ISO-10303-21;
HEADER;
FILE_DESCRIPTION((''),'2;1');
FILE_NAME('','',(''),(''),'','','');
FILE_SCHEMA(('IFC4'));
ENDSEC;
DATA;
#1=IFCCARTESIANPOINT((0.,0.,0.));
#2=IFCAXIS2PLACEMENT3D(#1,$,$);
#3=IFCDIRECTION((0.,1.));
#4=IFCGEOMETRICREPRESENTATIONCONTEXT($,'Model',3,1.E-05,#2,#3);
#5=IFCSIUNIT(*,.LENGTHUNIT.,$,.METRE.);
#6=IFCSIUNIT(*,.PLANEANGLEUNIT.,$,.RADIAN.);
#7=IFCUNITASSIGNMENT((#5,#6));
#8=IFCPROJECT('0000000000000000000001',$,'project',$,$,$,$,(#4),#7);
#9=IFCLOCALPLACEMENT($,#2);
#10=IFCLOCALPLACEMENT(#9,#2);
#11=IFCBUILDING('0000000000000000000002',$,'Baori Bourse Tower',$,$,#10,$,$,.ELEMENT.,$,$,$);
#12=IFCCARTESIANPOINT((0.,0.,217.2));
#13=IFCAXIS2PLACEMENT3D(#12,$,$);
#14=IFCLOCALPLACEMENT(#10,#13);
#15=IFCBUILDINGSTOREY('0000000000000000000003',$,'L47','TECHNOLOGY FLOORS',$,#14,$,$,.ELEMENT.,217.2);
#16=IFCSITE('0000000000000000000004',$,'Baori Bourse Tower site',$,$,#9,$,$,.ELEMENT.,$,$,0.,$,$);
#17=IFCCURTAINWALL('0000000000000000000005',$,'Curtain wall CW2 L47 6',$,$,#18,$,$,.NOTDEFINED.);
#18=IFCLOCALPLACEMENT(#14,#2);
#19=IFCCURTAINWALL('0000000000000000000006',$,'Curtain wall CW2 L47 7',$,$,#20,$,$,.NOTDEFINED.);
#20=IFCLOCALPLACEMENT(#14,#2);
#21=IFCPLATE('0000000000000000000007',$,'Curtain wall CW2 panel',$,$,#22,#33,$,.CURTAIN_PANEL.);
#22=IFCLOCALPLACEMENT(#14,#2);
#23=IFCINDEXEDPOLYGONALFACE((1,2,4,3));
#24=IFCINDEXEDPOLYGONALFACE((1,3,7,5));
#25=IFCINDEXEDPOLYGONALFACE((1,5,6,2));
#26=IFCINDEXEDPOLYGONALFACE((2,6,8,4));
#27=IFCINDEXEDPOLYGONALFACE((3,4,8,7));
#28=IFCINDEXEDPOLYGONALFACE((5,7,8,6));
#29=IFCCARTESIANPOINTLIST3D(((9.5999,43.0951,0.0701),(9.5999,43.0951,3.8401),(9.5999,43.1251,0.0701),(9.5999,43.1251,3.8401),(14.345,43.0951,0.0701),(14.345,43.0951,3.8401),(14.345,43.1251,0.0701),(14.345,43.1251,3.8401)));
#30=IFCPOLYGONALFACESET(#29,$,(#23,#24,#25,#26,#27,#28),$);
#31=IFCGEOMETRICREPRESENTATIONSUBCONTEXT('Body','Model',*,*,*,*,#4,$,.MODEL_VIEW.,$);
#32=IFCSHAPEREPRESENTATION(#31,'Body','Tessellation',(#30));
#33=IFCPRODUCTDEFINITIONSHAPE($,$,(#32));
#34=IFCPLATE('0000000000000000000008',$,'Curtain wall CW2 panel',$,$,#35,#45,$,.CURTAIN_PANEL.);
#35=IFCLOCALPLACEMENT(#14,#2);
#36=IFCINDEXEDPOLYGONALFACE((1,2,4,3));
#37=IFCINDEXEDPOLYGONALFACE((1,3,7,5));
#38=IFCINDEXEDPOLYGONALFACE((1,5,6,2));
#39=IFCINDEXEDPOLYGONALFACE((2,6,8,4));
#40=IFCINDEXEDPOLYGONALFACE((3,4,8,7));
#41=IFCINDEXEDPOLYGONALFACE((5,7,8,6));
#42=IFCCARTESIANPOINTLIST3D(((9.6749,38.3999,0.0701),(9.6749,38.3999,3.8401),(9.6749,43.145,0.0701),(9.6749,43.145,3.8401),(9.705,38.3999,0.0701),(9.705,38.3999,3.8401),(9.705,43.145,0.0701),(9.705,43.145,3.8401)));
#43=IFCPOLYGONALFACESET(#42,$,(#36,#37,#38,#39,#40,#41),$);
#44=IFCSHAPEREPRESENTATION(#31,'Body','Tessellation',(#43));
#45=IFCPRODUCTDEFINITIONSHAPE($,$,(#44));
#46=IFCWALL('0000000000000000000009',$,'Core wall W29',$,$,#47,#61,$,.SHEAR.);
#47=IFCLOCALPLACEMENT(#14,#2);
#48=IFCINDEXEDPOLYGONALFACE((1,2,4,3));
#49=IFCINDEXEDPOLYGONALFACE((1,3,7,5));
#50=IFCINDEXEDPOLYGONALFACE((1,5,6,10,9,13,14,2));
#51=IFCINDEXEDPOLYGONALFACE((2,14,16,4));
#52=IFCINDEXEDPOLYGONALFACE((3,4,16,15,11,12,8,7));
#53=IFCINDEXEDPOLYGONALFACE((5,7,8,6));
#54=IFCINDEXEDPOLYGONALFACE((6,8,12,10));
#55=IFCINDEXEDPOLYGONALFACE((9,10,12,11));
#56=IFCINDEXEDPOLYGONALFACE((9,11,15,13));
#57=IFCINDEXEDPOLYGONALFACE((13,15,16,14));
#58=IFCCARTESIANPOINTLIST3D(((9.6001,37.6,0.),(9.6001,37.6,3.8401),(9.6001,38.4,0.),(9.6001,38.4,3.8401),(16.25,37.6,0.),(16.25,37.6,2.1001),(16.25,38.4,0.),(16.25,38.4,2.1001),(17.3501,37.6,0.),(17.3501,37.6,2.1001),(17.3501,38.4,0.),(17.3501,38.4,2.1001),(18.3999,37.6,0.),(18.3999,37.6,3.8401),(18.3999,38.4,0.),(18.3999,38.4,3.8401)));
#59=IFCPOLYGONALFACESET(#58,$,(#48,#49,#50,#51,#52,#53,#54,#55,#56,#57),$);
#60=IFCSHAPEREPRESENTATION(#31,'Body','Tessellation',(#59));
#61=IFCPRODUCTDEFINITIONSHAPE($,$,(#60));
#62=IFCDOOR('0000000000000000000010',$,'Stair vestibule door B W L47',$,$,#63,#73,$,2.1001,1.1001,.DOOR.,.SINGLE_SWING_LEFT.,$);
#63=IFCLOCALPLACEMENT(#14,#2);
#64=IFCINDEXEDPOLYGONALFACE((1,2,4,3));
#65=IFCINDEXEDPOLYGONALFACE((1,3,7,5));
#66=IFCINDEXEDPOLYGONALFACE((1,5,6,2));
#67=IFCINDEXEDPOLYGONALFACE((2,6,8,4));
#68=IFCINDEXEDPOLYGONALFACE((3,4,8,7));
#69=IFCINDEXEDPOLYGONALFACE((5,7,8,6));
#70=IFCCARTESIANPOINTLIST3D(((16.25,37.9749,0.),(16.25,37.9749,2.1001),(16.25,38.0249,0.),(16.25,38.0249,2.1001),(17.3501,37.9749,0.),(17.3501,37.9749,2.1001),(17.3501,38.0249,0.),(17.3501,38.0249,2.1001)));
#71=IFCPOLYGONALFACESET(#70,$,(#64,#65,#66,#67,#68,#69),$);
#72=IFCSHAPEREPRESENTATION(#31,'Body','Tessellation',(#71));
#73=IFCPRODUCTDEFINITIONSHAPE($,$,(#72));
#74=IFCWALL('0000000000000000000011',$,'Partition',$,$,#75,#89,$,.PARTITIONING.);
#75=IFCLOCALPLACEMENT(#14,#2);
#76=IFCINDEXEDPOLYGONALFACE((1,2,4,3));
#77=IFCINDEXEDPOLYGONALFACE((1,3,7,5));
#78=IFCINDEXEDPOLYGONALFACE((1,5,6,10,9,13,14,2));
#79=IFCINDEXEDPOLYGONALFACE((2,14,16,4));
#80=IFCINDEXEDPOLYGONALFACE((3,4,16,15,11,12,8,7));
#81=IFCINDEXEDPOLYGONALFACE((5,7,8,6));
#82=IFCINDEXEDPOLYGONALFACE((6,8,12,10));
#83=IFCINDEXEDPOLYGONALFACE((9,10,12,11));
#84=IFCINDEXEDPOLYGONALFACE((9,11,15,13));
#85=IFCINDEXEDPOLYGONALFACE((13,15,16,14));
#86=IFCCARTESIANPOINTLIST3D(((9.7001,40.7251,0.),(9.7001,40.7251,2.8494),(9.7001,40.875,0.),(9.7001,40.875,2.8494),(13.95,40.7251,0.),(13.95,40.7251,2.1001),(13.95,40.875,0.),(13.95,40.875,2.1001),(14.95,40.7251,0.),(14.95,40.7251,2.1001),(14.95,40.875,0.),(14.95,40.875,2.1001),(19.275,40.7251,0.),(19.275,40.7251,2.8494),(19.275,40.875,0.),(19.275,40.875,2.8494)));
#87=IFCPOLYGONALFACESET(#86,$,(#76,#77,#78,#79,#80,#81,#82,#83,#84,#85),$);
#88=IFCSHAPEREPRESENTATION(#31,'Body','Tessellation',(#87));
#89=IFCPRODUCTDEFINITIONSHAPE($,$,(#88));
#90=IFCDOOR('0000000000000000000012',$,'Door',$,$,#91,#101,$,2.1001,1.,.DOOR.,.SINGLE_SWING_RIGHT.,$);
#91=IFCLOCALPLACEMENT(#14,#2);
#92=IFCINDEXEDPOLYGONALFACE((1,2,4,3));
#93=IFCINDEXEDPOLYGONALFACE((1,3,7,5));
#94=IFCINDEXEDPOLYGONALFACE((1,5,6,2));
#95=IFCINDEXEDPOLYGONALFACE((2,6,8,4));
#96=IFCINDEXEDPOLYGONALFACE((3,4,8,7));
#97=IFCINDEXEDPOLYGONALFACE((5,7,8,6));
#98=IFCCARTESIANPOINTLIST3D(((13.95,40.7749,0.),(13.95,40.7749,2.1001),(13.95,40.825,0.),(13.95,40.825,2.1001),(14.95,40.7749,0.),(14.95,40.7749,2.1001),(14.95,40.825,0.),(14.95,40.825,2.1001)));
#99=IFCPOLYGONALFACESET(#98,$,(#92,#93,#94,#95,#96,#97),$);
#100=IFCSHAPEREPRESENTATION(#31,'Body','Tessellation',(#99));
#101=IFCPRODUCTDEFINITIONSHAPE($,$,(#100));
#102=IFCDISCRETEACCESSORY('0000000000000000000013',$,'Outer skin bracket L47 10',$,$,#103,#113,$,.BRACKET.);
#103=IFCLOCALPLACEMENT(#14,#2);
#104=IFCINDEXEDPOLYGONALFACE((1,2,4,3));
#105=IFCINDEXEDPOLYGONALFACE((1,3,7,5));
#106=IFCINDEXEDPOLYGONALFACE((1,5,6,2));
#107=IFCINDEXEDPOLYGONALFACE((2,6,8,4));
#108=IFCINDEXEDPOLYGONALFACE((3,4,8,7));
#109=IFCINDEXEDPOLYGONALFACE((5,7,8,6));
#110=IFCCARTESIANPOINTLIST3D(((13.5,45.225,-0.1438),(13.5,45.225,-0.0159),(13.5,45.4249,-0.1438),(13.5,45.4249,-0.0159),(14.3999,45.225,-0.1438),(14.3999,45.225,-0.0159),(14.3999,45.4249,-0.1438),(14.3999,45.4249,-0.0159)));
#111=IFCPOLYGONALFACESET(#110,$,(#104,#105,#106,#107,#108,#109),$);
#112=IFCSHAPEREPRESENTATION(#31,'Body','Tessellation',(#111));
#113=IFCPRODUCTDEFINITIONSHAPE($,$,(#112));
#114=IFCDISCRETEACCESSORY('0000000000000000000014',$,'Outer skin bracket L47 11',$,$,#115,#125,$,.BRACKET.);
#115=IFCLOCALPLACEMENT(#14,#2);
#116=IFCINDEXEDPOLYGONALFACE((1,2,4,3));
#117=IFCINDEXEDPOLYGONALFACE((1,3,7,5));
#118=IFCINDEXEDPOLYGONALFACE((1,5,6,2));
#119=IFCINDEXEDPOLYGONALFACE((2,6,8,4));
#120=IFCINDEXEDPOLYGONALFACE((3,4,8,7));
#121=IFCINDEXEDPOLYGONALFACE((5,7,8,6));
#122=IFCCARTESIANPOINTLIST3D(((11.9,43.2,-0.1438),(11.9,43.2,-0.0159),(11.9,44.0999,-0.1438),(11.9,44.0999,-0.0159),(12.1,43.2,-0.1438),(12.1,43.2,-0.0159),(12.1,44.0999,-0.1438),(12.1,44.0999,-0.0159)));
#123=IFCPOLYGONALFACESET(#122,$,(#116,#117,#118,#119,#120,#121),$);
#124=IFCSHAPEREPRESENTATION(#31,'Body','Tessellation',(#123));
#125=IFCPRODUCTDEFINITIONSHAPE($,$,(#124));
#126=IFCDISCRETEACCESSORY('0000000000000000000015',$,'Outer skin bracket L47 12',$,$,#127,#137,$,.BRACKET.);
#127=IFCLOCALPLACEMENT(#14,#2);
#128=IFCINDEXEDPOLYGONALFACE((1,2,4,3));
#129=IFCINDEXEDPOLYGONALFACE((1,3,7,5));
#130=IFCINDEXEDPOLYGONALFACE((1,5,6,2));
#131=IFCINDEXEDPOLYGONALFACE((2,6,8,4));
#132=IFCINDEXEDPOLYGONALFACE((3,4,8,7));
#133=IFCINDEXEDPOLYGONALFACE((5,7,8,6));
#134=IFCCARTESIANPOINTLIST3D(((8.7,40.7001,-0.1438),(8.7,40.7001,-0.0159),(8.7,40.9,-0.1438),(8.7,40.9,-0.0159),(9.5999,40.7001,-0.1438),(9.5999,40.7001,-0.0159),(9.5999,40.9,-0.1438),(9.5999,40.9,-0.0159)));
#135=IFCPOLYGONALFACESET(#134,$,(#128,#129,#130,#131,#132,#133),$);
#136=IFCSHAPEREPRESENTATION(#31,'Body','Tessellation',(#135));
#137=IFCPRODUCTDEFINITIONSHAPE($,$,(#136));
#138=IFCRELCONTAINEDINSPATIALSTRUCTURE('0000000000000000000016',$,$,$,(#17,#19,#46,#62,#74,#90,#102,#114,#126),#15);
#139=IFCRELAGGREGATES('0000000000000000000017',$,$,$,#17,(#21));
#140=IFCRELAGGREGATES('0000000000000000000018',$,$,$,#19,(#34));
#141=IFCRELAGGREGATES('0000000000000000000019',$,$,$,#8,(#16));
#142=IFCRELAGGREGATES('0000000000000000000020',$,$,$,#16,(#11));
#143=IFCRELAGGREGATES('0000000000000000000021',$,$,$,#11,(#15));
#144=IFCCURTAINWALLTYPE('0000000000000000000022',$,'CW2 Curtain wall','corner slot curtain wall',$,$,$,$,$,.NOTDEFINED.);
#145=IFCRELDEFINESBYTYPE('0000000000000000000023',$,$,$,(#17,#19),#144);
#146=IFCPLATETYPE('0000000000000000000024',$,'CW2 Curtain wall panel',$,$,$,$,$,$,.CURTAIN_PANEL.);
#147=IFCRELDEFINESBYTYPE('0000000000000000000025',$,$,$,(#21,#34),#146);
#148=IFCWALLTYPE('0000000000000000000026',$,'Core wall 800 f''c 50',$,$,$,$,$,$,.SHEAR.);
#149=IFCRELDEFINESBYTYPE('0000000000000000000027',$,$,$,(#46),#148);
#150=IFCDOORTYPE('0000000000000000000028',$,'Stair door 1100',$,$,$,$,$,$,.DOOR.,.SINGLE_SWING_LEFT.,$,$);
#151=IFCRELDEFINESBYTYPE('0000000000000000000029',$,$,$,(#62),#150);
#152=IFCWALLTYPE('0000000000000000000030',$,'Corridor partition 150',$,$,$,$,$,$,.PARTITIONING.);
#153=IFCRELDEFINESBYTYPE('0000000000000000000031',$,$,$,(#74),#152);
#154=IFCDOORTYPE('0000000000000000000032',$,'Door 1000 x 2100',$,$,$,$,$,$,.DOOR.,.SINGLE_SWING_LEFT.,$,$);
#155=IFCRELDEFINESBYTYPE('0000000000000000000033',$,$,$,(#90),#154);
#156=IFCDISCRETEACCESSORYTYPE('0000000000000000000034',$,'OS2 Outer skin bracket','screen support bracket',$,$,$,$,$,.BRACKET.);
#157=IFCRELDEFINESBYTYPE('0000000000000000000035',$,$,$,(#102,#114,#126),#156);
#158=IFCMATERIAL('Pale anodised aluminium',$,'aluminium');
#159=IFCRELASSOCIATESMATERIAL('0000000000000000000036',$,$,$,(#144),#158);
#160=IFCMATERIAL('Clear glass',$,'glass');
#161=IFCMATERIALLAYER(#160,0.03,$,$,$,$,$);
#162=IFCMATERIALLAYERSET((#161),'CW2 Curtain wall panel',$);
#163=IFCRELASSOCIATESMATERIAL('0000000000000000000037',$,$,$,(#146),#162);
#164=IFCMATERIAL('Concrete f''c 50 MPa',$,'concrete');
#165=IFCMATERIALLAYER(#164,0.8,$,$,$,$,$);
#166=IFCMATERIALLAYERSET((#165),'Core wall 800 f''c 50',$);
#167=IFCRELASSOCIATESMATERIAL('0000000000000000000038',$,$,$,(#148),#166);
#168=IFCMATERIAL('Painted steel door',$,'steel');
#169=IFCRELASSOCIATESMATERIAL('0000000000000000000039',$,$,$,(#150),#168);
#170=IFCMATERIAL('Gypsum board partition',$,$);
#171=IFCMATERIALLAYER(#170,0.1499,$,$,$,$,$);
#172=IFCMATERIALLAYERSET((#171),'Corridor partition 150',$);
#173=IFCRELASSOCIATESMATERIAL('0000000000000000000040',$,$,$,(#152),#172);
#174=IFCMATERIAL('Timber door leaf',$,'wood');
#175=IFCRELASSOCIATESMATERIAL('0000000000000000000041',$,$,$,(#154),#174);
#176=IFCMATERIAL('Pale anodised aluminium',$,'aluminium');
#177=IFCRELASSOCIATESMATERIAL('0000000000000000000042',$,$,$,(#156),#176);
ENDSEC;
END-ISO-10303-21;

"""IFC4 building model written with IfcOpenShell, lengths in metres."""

from ifc_helpers import new_model, si_unit, direction, frame, frame_2d, origin, origin_2d, place, context, subcontext, project, spatial, rectangle, extrude, material, layer, layer_set, type_object, element, fill, aggregate, save


model = new_model("IFC4")

# Units and contexts
model_context = context("Model", 3, precision=1e-05, world=origin(), true_north=direction((0.0, 1.0)))
body_context = subcontext(model_context, "Body", "Model", "MODEL_VIEW")
ifc_project = project(units=[si_unit("LENGTHUNIT", "METRE"), si_unit("PLANEANGLEUNIT", "RADIAN")], contexts=[model_context])

# Site, building, storey
site_placement = place(None, origin())
site = spatial("IfcSite", under=ifc_project, at=site_placement, Name="Baori Bourse Tower site", CompositionType="ELEMENT", RefElevation=0.0)
building_placement = place(site_placement, origin())
building = spatial("IfcBuilding", under=site, at=building_placement, Name="Baori Bourse Tower", CompositionType="ELEMENT")
storey_placement = place(building_placement, frame((0.0, 0.0, 217.2)))
storey = spatial("IfcBuildingStorey", under=building, at=storey_placement, Name="L47", Description="TECHNOLOGY FLOORS", CompositionType="ELEMENT", Elevation=217.2)

# Curtain walls
ifc_material_1 = material(Name="Pale anodised aluminium", Category="aluminium")
curtain_wall_type = type_object("IfcCurtainWallType", Name="CW2 Curtain wall", Description="corner slot curtain wall", PredefinedType="NOTDEFINED", material=ifc_material_1)
curtain_wall_1_placement = place(storey_placement, origin())
curtain_wall_1 = element("IfcCurtainWall", 1, at=curtain_wall_1_placement, inside=storey, type_object=curtain_wall_type, Name="Curtain wall CW2 L47 6", PredefinedType="NOTDEFINED")
curtain_wall_2_placement = place(storey_placement, origin())
curtain_wall_2 = element("IfcCurtainWall", 2, at=curtain_wall_2_placement, inside=storey, type_object=curtain_wall_type, Name="Curtain wall CW2 L47 7", PredefinedType="NOTDEFINED")

# Plates
ifc_material_2 = material(Name="Clear glass", Category="glass")
ifc_layer_1 = layer(ifc_material_2, 0.03)
ifc_layer_set_1 = layer_set([ifc_layer_1], Name="CW2 Curtain wall panel")
plate_type = type_object("IfcPlateType", Name="CW2 Curtain wall panel", PredefinedType="CURTAIN_PANEL", material=ifc_layer_set_1)
plate_1_placement = place(storey_placement, frame((11.9724, 43.1101, 0.0701), z_axis=(0.0, 0.0, 1.0), x_axis=(-1.0, 0.0, 0.0)))
plate_1 = element("IfcPlate", 3, at=plate_1_placement, type_object=plate_type, Name="Curtain wall CW2 panel", PredefinedType="CURTAIN_PANEL", context=body_context, shape_type="SweptSolid", body=[
    extrude(rectangle(XDim=4.7451, YDim=0.03, at=origin_2d()), origin(), (0.0, 0.0, 1.0), 3.77),
])
aggregate(curtain_wall_1, [plate_1])
plate_2_placement = place(storey_placement, frame((9.6899, 40.7725, 0.0701), z_axis=(0.0, 0.0, 1.0), x_axis=(0.0, -1.0, 0.0)))
plate_2 = element("IfcPlate", 4, at=plate_2_placement, type_object=plate_type, Name="Curtain wall CW2 panel", PredefinedType="CURTAIN_PANEL", context=body_context, shape_type="SweptSolid", body=[
    extrude(rectangle(XDim=4.7451, YDim=0.03, at=origin_2d()), origin(), (0.0, 0.0, 1.0), 3.77),
])
aggregate(curtain_wall_2, [plate_2])

# Walls, openings, doors
ifc_material_3 = material(Name="Concrete f'c 50 MPa", Category="concrete")
ifc_layer_2 = layer(ifc_material_3, 0.8)
ifc_layer_set_2 = layer_set([ifc_layer_2], Name="Core wall 800 f'c 50")
wall_type_1 = type_object("IfcWallType", Name="Core wall 800 f'c 50", PredefinedType="SHEAR", material=ifc_layer_set_2)
wall_1_placement = place(storey_placement, frame((9.6001, 38.0, 0.0), z_axis=(0.0, 0.0, 1.0), x_axis=(1.0, 0.0, 0.0)))
wall_1 = element("IfcWall", 5, at=wall_1_placement, inside=storey, type_object=wall_type_1, Name="Core wall W29", PredefinedType="SHEAR", context=body_context, shape_type="SweptSolid", body=[
    extrude(rectangle(XDim=8.7998, YDim=0.8, at=frame_2d((4.3999, 0.0))), origin(), (0.0, 0.0, 1.0), 3.8401),
])
opening_1_placement = place(wall_1_placement, frame((6.6499, 0.0, 0.0)))
opening_1 = element("IfcOpeningElement", 6, at=opening_1_placement, cuts=wall_1, PredefinedType="OPENING", context=body_context, shape_type="SweptSolid", body=[
    extrude(rectangle(XDim=1.1001, YDim=2.1001, at=frame_2d((0.55, 1.05))), frame((0.0, 0.4099, 0.0), z_axis=(0.0, -1.0, 0.0), x_axis=(1.0, 0.0, 0.0)), (0.0, 0.0, 1.0), 0.8201),
])
ifc_material_4 = material(Name="Painted steel door", Category="steel")
door_type_1 = type_object("IfcDoorType", Name="Stair door 1100", OperationType="SINGLE_SWING_LEFT", PredefinedType="DOOR", material=ifc_material_4)
door_1_placement = place(opening_1_placement, origin())
door_1 = element("IfcDoor", 7, at=door_1_placement, inside=storey, type_object=door_type_1, Name="Stair vestibule door B W L47", OperationType="SINGLE_SWING_LEFT", OverallHeight=2.1001, OverallWidth=1.1001, PredefinedType="DOOR", context=body_context, shape_type="SweptSolid", body=[
    extrude(rectangle(XDim=1.1001, YDim=2.1001, at=frame_2d((0.55, 1.05))), frame((0.0, 0.0249, 0.0), z_axis=(0.0, -1.0, 0.0), x_axis=(1.0, 0.0, 0.0)), (0.0, 0.0, 1.0), 0.05),
])
fill(opening_1, door_1)
ifc_material_5 = material(Name="Gypsum board partition")
ifc_layer_3 = layer(ifc_material_5, 0.1499)
ifc_layer_set_3 = layer_set([ifc_layer_3], Name="Corridor partition 150")
wall_type_2 = type_object("IfcWallType", Name="Corridor partition 150", PredefinedType="PARTITIONING", material=ifc_layer_set_3)
wall_2_placement = place(storey_placement, frame((9.7, 40.8, 0.0), z_axis=(0.0, 0.0, 1.0), x_axis=(1.0, 0.0, 0.0)))
wall_2 = element("IfcWall", 8, at=wall_2_placement, inside=storey, type_object=wall_type_2, Name="Partition", PredefinedType="PARTITIONING", context=body_context, shape_type="SweptSolid", body=[
    extrude(rectangle(XDim=9.575, YDim=0.1499, at=frame_2d((4.7876, 0.0))), origin(), (0.0, 0.0, 1.0), 2.8494),
])
opening_2_placement = place(wall_2_placement, frame((4.25, 0.0, 0.0)))
opening_2 = element("IfcOpeningElement", 9, at=opening_2_placement, cuts=wall_2, PredefinedType="OPENING", context=body_context, shape_type="SweptSolid", body=[
    extrude(rectangle(XDim=1.0, YDim=2.1001, at=frame_2d((0.5, 1.05))), frame((0.0, 0.085, 0.0), z_axis=(0.0, -1.0, 0.0), x_axis=(1.0, 0.0, 0.0)), (0.0, 0.0, 1.0), 0.1699),
])
ifc_material_6 = material(Name="Timber door leaf", Category="wood")
door_type_2 = type_object("IfcDoorType", Name="Door 1000 x 2100", OperationType="SINGLE_SWING_LEFT", PredefinedType="DOOR", material=ifc_material_6)
door_2_placement = place(opening_2_placement, origin())
door_2 = element("IfcDoor", 10, at=door_2_placement, inside=storey, type_object=door_type_2, Name="Door", OperationType="SINGLE_SWING_RIGHT", OverallHeight=2.1001, OverallWidth=1.0, PredefinedType="DOOR", context=body_context, shape_type="SweptSolid", body=[
    extrude(rectangle(XDim=1.0, YDim=2.1001, at=frame_2d((0.5, 1.05))), frame((0.0, 0.0249, 0.0), z_axis=(0.0, -1.0, 0.0), x_axis=(1.0, 0.0, 0.0)), (0.0, 0.0, 1.0), 0.05),
])
fill(opening_2, door_2)

# Discrete accessories
ifc_material_7 = material(Name="Pale anodised aluminium", Category="aluminium")
discrete_accessory_type = type_object("IfcDiscreteAccessoryType", Name="OS2 Outer skin bracket", Description="screen support bracket", PredefinedType="BRACKET", material=ifc_material_7)
for number, where, z_axis, x_axis, name in (
    (11, (13.95, 45.325, -0.1438), (0.0, 0.0, 1.0), (0.0, -1.0, 0.0), "Outer skin bracket L47 10"),
    (12, (12.0, 43.6499, -0.1438), (0.0, 0.0, 1.0), (-1.0, 0.0, 0.0), "Outer skin bracket L47 11"),
    (13, (9.1499, 40.8, -0.1438), (0.0, 0.0, 1.0), (0.0, -1.0, 0.0), "Outer skin bracket L47 12"),
):
    element("IfcDiscreteAccessory", number, at=place(storey_placement, frame(where, z_axis=z_axis, x_axis=x_axis)), inside=storey, type_object=discrete_accessory_type, Name=name, PredefinedType="BRACKET", context=body_context, shape_type="SweptSolid", body=[
        extrude(rectangle(XDim=0.2, YDim=0.8999, at=origin_2d()), origin(), (0.0, 0.0, 1.0), 0.1279),
    ])

save(model, "model.ifc")
